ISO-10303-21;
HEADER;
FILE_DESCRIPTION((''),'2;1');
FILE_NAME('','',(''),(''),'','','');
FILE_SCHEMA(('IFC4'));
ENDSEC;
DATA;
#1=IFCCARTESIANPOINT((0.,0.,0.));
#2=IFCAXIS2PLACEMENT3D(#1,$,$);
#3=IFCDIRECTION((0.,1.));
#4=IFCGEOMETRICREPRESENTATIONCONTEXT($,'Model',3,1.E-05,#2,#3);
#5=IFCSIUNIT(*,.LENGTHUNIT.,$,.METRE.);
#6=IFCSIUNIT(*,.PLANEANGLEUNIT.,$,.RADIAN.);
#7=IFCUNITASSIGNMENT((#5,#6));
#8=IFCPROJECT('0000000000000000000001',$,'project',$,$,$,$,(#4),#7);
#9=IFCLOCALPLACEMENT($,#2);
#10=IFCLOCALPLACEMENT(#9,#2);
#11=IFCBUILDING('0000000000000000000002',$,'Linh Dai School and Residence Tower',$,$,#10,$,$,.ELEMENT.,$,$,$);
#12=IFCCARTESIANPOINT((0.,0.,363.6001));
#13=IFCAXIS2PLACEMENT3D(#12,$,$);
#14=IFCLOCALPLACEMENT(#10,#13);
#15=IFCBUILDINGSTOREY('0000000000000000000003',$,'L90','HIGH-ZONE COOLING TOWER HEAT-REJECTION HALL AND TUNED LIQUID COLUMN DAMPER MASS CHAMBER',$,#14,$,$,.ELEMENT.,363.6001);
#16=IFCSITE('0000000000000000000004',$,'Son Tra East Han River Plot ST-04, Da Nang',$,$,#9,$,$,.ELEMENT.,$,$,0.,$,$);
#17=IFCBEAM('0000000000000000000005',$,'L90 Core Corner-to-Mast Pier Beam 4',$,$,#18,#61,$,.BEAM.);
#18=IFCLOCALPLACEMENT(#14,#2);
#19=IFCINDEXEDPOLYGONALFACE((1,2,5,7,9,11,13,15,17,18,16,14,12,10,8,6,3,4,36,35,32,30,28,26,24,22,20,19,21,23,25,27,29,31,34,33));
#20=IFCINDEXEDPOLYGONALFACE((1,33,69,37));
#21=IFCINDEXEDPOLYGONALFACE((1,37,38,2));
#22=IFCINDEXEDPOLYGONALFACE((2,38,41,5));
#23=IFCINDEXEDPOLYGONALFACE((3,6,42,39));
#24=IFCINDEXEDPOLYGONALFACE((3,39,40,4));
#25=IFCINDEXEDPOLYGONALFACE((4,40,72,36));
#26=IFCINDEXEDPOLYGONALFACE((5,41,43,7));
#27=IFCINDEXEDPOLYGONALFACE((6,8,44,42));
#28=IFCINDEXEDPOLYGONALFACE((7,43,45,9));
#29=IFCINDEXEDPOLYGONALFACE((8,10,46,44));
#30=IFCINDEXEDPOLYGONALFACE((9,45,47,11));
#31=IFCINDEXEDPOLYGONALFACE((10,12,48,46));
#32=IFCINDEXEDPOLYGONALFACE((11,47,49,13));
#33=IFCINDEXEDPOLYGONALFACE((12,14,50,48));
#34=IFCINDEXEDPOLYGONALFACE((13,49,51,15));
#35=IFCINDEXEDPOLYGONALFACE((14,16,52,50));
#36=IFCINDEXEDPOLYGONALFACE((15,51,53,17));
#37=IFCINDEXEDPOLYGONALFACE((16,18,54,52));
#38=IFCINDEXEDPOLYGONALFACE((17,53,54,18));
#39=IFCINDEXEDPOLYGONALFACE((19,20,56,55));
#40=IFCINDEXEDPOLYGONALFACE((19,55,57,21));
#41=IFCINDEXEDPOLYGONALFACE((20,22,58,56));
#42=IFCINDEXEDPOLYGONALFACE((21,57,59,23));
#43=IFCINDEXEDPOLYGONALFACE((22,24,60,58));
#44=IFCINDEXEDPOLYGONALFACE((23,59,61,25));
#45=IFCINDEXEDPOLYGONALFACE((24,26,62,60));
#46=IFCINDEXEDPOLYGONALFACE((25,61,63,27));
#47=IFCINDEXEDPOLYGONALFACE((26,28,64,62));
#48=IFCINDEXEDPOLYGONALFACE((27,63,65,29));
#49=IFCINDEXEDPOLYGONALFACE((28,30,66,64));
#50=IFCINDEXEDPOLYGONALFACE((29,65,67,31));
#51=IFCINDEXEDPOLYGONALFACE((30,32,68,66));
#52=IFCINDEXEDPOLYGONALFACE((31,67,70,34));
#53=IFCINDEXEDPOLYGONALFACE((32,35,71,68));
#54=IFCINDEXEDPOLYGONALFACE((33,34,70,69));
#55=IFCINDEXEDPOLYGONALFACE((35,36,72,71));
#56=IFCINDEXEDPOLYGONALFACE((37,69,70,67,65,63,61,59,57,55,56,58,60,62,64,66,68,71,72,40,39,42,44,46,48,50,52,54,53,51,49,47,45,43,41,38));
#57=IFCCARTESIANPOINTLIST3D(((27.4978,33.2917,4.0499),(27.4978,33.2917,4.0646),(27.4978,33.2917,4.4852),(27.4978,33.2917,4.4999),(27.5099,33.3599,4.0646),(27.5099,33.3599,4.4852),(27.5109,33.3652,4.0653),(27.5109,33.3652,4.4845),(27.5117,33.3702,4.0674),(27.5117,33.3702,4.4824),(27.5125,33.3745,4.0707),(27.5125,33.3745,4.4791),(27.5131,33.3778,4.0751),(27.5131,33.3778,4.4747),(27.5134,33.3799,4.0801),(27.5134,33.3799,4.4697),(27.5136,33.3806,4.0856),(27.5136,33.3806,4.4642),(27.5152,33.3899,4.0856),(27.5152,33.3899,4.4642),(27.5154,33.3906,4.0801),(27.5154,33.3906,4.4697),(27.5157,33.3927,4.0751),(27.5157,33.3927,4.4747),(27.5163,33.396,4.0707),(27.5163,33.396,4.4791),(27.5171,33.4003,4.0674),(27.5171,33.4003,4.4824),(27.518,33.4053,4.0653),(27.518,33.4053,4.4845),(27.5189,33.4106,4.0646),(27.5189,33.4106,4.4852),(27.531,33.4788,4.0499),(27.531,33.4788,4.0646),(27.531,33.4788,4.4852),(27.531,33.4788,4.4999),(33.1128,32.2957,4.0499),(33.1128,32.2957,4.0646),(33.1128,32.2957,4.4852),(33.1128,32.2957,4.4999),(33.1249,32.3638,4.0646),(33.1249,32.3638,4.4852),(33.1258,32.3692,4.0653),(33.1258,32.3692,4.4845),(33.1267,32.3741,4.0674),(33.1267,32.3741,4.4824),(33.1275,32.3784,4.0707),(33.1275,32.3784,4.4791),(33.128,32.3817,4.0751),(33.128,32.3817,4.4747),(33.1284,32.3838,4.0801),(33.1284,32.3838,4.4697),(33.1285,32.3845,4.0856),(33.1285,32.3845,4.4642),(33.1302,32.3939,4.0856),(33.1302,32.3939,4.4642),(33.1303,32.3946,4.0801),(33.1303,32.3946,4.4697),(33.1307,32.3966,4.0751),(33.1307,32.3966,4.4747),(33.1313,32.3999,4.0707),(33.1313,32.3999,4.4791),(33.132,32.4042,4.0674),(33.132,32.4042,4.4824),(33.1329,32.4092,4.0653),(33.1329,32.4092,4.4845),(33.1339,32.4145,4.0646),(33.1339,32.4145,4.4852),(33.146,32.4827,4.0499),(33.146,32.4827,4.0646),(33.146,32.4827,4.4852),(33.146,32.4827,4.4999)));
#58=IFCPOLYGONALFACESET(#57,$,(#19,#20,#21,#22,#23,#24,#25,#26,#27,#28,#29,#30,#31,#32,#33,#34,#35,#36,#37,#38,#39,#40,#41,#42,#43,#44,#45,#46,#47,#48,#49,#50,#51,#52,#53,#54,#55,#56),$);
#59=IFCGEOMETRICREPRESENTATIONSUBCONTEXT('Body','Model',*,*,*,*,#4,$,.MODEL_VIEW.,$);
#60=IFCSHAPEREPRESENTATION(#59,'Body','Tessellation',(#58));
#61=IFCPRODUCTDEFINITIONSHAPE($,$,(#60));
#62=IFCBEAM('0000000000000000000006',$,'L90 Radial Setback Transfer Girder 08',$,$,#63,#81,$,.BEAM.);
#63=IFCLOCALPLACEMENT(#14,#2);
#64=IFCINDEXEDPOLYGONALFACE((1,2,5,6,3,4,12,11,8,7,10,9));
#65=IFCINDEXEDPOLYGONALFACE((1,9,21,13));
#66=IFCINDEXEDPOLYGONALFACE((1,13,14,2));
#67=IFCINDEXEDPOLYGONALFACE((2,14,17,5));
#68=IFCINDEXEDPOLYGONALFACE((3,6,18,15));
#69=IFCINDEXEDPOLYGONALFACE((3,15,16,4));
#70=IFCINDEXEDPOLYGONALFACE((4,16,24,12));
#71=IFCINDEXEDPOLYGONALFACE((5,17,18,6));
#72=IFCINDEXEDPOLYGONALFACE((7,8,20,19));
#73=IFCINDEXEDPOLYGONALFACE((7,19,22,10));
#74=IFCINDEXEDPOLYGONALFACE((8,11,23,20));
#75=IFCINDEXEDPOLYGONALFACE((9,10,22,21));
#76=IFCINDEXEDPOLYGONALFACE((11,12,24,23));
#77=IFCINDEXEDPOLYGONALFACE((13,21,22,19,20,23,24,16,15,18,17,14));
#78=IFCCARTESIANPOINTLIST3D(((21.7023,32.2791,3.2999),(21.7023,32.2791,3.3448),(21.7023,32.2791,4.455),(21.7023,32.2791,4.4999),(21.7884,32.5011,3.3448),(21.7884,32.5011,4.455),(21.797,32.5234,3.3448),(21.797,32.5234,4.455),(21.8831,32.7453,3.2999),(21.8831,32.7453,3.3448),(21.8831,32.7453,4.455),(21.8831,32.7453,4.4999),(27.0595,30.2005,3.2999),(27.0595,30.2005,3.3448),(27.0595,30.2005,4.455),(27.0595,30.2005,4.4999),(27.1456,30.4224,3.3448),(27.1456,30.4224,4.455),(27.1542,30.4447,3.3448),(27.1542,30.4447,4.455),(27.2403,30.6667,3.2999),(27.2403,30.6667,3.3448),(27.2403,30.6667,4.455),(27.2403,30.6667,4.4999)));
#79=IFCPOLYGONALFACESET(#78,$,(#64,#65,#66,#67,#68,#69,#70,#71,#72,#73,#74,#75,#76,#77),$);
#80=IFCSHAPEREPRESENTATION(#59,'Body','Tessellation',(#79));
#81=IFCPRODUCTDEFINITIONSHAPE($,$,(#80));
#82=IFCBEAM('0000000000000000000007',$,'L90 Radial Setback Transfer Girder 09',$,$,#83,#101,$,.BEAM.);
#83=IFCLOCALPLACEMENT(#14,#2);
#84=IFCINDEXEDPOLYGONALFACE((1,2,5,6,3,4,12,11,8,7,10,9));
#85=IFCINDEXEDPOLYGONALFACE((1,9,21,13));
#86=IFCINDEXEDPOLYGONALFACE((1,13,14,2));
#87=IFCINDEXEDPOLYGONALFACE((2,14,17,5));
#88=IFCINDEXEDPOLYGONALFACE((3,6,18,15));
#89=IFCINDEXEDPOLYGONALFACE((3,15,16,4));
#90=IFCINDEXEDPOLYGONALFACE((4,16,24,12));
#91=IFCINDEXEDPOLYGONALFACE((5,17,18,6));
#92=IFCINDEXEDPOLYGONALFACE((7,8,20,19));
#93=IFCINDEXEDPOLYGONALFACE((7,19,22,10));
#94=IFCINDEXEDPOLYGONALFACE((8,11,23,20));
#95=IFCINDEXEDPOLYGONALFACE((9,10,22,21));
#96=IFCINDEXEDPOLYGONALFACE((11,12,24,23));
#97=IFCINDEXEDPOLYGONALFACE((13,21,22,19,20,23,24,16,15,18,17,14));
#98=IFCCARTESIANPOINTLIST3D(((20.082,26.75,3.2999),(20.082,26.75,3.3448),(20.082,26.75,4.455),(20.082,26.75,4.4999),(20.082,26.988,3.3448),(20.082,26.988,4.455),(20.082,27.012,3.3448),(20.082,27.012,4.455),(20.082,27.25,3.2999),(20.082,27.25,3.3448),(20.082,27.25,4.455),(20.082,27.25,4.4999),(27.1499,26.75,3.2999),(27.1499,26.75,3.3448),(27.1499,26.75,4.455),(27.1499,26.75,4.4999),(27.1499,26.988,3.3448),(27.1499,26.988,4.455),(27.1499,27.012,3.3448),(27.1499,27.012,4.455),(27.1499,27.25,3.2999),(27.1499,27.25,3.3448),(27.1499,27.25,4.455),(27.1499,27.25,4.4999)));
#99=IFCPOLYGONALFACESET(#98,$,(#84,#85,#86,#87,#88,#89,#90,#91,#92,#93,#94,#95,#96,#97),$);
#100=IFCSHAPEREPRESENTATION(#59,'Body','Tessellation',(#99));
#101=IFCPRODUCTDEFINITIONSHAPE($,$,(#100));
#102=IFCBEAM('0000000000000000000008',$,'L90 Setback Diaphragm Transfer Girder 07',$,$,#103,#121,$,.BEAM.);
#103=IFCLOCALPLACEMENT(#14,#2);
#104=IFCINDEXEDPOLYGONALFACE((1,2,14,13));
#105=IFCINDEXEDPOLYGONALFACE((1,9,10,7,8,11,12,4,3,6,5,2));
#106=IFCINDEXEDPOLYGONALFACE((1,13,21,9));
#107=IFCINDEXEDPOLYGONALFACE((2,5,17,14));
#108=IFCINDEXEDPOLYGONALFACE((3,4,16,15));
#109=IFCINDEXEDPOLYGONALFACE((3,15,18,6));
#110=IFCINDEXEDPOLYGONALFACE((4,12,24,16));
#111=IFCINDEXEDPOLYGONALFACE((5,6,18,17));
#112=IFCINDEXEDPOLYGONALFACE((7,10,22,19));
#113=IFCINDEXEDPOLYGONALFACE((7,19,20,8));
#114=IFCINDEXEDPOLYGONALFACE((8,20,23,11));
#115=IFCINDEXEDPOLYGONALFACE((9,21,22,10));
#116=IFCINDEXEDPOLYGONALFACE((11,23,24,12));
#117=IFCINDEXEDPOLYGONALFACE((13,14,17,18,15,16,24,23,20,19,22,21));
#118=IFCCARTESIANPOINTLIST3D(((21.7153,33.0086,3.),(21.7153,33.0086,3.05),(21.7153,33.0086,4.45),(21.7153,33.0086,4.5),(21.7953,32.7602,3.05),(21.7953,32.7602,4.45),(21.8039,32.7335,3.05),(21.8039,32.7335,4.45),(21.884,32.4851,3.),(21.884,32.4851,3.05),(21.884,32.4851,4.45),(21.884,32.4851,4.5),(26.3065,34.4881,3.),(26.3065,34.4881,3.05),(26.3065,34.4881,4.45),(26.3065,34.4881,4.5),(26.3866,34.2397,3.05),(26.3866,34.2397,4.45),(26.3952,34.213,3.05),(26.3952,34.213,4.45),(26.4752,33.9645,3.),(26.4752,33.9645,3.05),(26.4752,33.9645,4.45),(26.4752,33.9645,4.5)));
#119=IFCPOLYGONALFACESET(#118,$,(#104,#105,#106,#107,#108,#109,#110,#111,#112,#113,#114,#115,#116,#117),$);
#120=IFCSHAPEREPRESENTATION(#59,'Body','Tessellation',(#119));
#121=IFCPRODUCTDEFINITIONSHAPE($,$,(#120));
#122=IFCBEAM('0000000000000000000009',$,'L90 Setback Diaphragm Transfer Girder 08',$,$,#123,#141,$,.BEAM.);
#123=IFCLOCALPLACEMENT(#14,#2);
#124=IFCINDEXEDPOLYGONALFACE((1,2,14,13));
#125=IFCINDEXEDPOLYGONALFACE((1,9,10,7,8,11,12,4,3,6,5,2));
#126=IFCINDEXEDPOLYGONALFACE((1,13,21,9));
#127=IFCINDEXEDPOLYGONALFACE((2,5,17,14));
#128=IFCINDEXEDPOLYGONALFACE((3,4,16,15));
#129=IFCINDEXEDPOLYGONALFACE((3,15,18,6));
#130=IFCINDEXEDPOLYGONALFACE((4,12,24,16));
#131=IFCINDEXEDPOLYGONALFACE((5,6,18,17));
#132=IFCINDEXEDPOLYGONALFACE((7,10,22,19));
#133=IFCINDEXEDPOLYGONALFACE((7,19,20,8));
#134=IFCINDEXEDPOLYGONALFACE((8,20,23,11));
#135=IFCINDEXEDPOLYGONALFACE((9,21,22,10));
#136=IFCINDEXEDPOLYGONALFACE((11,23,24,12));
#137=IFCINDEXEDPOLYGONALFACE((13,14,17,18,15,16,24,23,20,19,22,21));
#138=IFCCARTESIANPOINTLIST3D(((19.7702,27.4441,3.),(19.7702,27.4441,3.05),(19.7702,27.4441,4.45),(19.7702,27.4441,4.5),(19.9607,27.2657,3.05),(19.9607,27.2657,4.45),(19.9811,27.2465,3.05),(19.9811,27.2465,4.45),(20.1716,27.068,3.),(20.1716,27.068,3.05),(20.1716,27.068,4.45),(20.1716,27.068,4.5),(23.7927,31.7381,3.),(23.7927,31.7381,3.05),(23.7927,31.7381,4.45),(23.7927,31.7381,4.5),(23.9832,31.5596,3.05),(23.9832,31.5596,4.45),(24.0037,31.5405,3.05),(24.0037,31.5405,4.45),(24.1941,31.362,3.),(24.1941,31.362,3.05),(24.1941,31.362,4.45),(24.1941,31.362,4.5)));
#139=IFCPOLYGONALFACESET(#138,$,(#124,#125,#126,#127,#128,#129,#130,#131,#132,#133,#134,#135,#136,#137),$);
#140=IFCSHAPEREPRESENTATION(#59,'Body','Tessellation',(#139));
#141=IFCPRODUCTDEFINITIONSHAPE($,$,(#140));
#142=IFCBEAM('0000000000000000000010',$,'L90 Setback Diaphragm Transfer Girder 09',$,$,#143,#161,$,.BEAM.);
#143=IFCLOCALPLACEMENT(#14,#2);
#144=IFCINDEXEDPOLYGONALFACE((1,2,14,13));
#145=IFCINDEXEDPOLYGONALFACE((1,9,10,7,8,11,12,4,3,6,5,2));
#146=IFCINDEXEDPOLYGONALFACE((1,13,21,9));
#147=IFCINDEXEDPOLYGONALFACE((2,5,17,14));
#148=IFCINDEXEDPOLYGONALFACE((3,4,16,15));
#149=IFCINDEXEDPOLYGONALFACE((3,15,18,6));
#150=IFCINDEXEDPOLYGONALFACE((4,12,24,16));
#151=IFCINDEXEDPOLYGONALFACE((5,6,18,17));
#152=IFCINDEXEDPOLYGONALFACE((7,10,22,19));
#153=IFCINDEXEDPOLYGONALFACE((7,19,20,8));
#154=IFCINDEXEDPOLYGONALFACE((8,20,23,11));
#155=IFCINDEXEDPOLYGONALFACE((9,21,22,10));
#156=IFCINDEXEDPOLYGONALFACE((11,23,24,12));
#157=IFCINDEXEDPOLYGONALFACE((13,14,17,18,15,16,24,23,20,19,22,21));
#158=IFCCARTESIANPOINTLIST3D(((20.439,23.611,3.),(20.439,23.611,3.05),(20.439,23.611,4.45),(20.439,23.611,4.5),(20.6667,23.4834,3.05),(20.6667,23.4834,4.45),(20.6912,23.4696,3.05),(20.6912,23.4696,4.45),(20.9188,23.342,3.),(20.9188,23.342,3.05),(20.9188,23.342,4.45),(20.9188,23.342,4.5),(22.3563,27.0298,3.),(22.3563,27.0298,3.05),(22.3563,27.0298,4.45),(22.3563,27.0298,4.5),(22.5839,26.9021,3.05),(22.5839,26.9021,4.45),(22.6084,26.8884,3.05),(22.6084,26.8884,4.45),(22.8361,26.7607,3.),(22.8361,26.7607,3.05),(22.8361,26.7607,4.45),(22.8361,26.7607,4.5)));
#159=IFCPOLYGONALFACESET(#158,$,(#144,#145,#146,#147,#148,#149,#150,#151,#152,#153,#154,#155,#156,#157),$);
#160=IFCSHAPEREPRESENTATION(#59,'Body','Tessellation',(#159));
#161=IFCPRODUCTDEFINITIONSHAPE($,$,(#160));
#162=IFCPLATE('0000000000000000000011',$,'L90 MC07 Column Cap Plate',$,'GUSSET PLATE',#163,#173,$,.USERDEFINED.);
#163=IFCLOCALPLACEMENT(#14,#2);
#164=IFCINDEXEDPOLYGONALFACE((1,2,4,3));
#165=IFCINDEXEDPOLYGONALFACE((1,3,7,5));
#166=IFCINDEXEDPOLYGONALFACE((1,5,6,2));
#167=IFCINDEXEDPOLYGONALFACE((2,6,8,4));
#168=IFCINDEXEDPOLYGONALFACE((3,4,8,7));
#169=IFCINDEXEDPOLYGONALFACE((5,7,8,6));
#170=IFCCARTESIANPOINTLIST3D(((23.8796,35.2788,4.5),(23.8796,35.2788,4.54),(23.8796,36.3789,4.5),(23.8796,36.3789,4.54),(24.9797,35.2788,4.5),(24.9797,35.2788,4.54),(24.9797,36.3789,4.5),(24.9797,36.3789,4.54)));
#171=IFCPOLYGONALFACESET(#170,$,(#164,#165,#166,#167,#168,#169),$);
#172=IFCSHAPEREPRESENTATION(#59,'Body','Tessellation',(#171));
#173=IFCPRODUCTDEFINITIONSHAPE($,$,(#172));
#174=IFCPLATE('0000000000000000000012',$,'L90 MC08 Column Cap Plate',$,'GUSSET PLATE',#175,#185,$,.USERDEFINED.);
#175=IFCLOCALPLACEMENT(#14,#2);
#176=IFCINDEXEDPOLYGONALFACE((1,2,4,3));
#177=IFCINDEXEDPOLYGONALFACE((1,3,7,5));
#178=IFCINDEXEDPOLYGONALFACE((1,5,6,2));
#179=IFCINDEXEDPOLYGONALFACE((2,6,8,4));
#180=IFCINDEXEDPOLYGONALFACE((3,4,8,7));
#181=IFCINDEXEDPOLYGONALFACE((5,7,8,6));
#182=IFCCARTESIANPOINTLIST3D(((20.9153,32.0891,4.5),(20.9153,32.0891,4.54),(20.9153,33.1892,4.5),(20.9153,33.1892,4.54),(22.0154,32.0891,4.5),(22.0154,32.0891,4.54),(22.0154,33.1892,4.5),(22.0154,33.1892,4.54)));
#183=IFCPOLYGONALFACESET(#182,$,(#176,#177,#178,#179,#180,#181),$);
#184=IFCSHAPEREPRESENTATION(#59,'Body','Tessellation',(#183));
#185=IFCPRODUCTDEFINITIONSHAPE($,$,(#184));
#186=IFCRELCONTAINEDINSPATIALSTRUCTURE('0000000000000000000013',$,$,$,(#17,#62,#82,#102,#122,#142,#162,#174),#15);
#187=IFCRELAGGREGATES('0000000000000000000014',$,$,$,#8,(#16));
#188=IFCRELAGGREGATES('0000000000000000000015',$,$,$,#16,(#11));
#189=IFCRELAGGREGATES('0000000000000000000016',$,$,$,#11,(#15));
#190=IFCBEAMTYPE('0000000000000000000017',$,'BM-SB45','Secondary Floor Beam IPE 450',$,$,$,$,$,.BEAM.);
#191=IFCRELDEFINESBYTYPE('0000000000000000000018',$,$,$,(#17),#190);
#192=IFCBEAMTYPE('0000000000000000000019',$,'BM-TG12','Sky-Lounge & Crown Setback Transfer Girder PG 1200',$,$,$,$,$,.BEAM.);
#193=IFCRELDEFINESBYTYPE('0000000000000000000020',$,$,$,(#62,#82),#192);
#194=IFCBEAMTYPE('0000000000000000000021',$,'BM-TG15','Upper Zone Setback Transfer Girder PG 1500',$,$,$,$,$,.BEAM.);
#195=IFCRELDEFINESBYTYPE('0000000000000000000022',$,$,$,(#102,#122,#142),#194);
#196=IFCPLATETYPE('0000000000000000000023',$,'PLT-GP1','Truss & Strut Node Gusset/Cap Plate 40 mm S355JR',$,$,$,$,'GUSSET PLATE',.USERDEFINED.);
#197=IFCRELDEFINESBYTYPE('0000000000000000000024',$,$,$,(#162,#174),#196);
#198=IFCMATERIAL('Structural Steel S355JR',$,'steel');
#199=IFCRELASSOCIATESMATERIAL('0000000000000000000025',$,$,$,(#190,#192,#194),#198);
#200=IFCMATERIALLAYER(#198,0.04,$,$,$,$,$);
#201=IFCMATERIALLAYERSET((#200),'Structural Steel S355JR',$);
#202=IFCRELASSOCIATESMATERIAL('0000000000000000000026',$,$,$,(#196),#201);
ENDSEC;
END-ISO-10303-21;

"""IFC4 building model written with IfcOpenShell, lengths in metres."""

from ifc_helpers import new_model, si_unit, direction, frame, origin, origin_2d, place, context, subcontext, project, spatial, rectangle, i_section, extrude, source, transform, mapped, material, layer, layer_set, material_profile, profile_set, type_object, element, save


model = new_model("IFC4")

# Units and contexts
model_context = context("Model", 3, precision=1e-05, world=origin(), true_north=direction((0.0, 1.0)))
body_context = subcontext(model_context, "Body", "Model", "MODEL_VIEW")
ifc_project = project(units=[si_unit("LENGTHUNIT", "METRE"), si_unit("PLANEANGLEUNIT", "RADIAN")], contexts=[model_context])

# Site, building, storey
site_placement = place(None, origin())
site = spatial("IfcSite", under=ifc_project, at=site_placement, Name="Son Tra East Han River Plot ST-04, Da Nang", CompositionType="ELEMENT", RefElevation=0.0)
building_placement = place(site_placement, origin())
building = spatial("IfcBuilding", under=site, at=building_placement, Name="Linh Dai School and Residence Tower", CompositionType="ELEMENT")
storey_placement = place(building_placement, frame((0.0, 0.0, 363.6001)))
storey = spatial("IfcBuildingStorey", under=building, at=storey_placement, Name="L90", Description="HIGH-ZONE COOLING TOWER HEAT-REJECTION HALL AND TUNED LIQUID COLUMN DAMPER MASS CHAMBER", CompositionType="ELEMENT", Elevation=363.6001)

# Shared definitions
ifc_material_1 = material(Name="Structural Steel S355JR", Category="steel")

# Beams
ifc_material_profile_1 = material_profile(ifc_material_1, i_section(OverallWidth=0.1899, OverallDepth=0.45, WebThickness=0.0095, FlangeThickness=0.0146, FilletRadius=0.021, at=origin_2d()), Name="IPE 450")
ifc_profile_set_1 = profile_set([ifc_material_profile_1], Name="Structural Steel S355JR")
beam_type_1 = type_object("IfcBeamType", Name="BM-SB45", Description="Secondary Floor Beam IPE 450", PredefinedType="BEAM", material=ifc_profile_set_1)
beam_1_placement = place(storey_placement, frame((27.5144, 33.3853, 4.2749), z_axis=(0.984627, -0.174672, 0.0), x_axis=(0.174672, 0.984627, 0.0)))
element("IfcBeam", 1, at=beam_1_placement, inside=storey, type_object=beam_type_1, Name="L90 Core Corner-to-Mast Pier Beam 4", PredefinedType="BEAM", context=body_context, shape_type="SweptSolid", body=[
    extrude(i_section(OverallWidth=0.1899, OverallDepth=0.45, WebThickness=0.0095, FlangeThickness=0.0146, FilletRadius=0.021, at=origin_2d()), origin(), (0.0, 0.0, 1.0), 5.7026),
])
ifc_material_profile_2 = material_profile(ifc_material_1, i_section(OverallWidth=0.5, OverallDepth=1.2, WebThickness=0.0239, FlangeThickness=0.0449, at=origin_2d()), Name="PG 1200x500x24x45")
ifc_profile_set_2 = profile_set([ifc_material_profile_2], Name="Structural Steel S355JR")
beam_type_2 = type_object("IfcBeamType", Name="BM-TG12", Description="Sky-Lounge & Crown Setback Transfer Girder PG 1200", PredefinedType="BEAM", material=ifc_profile_set_2)
beam_2_placement = place(storey_placement, frame((27.1499, 30.4336, 3.8999), z_axis=(-0.932283, 0.361731, 0.0), x_axis=(-0.361731, -0.932283, 0.0)))
element("IfcBeam", 2, at=beam_2_placement, inside=storey, type_object=beam_type_2, Name="L90 Radial Setback Transfer Girder 08", PredefinedType="BEAM", context=body_context, shape_type="SweptSolid", body=[
    extrude(i_section(OverallWidth=0.5, OverallDepth=1.2, WebThickness=0.0239, FlangeThickness=0.0449, at=origin_2d()), origin(), (0.0, 0.0, 1.0), 5.7463),
])
beam_3_placement = place(storey_placement, frame((27.1499, 27.0, 3.8999), z_axis=(-1.0, 0.0, 0.0), x_axis=(0.0, -1.0, 0.0)))
element("IfcBeam", 3, at=beam_3_placement, inside=storey, type_object=beam_type_2, Name="L90 Radial Setback Transfer Girder 09", PredefinedType="BEAM", context=body_context, shape_type="SweptSolid", body=[
    extrude(i_section(OverallWidth=0.5, OverallDepth=1.2, WebThickness=0.0239, FlangeThickness=0.0449, at=origin_2d()), origin(), (0.0, 0.0, 1.0), 7.0679),
])
ifc_material_profile_3 = material_profile(ifc_material_1, i_section(OverallWidth=0.55, OverallDepth=1.5, WebThickness=0.0281, FlangeThickness=0.05, at=origin_2d()), Name="PG 1500x550x28x50")
ifc_profile_set_3 = profile_set([ifc_material_profile_3], Name="Structural Steel S355JR")
beam_type_3 = type_object("IfcBeamType", Name="BM-TG15", Description="Upper Zone Setback Transfer Girder PG 1500", PredefinedType="BEAM", material=ifc_profile_set_3)
beam_4_placement = place(storey_placement, frame((26.3909, 34.2263, 3.75), z_axis=(-0.951804, -0.306707, 0.0), x_axis=(0.306707, -0.951804, 0.0)))
element("IfcBeam", 4, at=beam_4_placement, inside=storey, type_object=beam_type_3, Name="L90 Setback Diaphragm Transfer Girder 07", PredefinedType="BEAM", context=body_context, shape_type="SweptSolid", body=[
    extrude(i_section(OverallWidth=0.55, OverallDepth=1.5, WebThickness=0.0281, FlangeThickness=0.05, at=origin_2d()), origin(), (0.0, 0.0, 1.0), 4.8237),
])
beam_5_placement = place(storey_placement, frame((23.9934, 31.55, 3.75), z_axis=(-0.68366, -0.729801, 0.0), x_axis=(0.729801, -0.68366, 0.0)))
element("IfcBeam", 5, at=beam_5_placement, inside=storey, type_object=beam_type_3, Name="L90 Setback Diaphragm Transfer Girder 08", PredefinedType="BEAM", context=body_context, shape_type="SweptSolid", body=[
    extrude(i_section(OverallWidth=0.55, OverallDepth=1.5, WebThickness=0.0281, FlangeThickness=0.05, at=origin_2d()), origin(), (0.0, 0.0, 1.0), 5.8838),
])
beam_6_placement = place(storey_placement, frame((22.5962, 26.8953, 3.75), z_axis=(-0.48914, -0.872205, 0.0), x_axis=(0.872205, -0.48914, 0.0)))
element("IfcBeam", 6, at=beam_6_placement, inside=storey, type_object=beam_type_3, Name="L90 Setback Diaphragm Transfer Girder 09", PredefinedType="BEAM", context=body_context, shape_type="SweptSolid", body=[
    extrude(i_section(OverallWidth=0.55, OverallDepth=1.5, WebThickness=0.0281, FlangeThickness=0.05, at=origin_2d()), origin(), (0.0, 0.0, 1.0), 3.9197),
])

# Plates
ifc_layer_1 = layer(ifc_material_1, 0.04)
ifc_layer_set_1 = layer_set([ifc_layer_1], Name="Structural Steel S355JR")
plate_type = type_object("IfcPlateType", Name="PLT-GP1", Description="Truss & Strut Node Gusset/Cap Plate 40 mm S355JR", ElementType="GUSSET PLATE", PredefinedType="USERDEFINED", material=ifc_layer_set_1)
shared_shape_1 = source(origin(), body_context, "Body", "SweptSolid", [
    extrude(rectangle(XDim=1.1001, YDim=1.1001, at=origin_2d()), origin(), (0.0, 0.0, 1.0), 0.04),
])
for number, where, z_axis, x_axis, name in (
    (7, (24.4297, 35.8289, 4.5), (0.0, 0.0, 1.0), (1.0, 0.0, 0.0), "L90 MC07 Column Cap Plate"),
    (8, (21.4653, 32.6392, 4.5), (0.0, 0.0, 1.0), (1.0, 0.0, 0.0), "L90 MC08 Column Cap Plate"),
):
    element("IfcPlate", number, at=place(storey_placement, frame(where, z_axis=z_axis, x_axis=x_axis)), inside=storey, type_object=plate_type, Name=name, ObjectType="GUSSET PLATE", PredefinedType="USERDEFINED", context=body_context, shape_type="MappedRepresentation", body=[
        mapped(shared_shape_1, transform((0.0, 0.0, 0.0), x_axis=(1.0, 0.0, 0.0), y_axis=(0.0, 1.0, 0.0), z_axis=(0.0, 0.0, 1.0), scale=1.0)),
    ])

save(model, "model.ifc")
